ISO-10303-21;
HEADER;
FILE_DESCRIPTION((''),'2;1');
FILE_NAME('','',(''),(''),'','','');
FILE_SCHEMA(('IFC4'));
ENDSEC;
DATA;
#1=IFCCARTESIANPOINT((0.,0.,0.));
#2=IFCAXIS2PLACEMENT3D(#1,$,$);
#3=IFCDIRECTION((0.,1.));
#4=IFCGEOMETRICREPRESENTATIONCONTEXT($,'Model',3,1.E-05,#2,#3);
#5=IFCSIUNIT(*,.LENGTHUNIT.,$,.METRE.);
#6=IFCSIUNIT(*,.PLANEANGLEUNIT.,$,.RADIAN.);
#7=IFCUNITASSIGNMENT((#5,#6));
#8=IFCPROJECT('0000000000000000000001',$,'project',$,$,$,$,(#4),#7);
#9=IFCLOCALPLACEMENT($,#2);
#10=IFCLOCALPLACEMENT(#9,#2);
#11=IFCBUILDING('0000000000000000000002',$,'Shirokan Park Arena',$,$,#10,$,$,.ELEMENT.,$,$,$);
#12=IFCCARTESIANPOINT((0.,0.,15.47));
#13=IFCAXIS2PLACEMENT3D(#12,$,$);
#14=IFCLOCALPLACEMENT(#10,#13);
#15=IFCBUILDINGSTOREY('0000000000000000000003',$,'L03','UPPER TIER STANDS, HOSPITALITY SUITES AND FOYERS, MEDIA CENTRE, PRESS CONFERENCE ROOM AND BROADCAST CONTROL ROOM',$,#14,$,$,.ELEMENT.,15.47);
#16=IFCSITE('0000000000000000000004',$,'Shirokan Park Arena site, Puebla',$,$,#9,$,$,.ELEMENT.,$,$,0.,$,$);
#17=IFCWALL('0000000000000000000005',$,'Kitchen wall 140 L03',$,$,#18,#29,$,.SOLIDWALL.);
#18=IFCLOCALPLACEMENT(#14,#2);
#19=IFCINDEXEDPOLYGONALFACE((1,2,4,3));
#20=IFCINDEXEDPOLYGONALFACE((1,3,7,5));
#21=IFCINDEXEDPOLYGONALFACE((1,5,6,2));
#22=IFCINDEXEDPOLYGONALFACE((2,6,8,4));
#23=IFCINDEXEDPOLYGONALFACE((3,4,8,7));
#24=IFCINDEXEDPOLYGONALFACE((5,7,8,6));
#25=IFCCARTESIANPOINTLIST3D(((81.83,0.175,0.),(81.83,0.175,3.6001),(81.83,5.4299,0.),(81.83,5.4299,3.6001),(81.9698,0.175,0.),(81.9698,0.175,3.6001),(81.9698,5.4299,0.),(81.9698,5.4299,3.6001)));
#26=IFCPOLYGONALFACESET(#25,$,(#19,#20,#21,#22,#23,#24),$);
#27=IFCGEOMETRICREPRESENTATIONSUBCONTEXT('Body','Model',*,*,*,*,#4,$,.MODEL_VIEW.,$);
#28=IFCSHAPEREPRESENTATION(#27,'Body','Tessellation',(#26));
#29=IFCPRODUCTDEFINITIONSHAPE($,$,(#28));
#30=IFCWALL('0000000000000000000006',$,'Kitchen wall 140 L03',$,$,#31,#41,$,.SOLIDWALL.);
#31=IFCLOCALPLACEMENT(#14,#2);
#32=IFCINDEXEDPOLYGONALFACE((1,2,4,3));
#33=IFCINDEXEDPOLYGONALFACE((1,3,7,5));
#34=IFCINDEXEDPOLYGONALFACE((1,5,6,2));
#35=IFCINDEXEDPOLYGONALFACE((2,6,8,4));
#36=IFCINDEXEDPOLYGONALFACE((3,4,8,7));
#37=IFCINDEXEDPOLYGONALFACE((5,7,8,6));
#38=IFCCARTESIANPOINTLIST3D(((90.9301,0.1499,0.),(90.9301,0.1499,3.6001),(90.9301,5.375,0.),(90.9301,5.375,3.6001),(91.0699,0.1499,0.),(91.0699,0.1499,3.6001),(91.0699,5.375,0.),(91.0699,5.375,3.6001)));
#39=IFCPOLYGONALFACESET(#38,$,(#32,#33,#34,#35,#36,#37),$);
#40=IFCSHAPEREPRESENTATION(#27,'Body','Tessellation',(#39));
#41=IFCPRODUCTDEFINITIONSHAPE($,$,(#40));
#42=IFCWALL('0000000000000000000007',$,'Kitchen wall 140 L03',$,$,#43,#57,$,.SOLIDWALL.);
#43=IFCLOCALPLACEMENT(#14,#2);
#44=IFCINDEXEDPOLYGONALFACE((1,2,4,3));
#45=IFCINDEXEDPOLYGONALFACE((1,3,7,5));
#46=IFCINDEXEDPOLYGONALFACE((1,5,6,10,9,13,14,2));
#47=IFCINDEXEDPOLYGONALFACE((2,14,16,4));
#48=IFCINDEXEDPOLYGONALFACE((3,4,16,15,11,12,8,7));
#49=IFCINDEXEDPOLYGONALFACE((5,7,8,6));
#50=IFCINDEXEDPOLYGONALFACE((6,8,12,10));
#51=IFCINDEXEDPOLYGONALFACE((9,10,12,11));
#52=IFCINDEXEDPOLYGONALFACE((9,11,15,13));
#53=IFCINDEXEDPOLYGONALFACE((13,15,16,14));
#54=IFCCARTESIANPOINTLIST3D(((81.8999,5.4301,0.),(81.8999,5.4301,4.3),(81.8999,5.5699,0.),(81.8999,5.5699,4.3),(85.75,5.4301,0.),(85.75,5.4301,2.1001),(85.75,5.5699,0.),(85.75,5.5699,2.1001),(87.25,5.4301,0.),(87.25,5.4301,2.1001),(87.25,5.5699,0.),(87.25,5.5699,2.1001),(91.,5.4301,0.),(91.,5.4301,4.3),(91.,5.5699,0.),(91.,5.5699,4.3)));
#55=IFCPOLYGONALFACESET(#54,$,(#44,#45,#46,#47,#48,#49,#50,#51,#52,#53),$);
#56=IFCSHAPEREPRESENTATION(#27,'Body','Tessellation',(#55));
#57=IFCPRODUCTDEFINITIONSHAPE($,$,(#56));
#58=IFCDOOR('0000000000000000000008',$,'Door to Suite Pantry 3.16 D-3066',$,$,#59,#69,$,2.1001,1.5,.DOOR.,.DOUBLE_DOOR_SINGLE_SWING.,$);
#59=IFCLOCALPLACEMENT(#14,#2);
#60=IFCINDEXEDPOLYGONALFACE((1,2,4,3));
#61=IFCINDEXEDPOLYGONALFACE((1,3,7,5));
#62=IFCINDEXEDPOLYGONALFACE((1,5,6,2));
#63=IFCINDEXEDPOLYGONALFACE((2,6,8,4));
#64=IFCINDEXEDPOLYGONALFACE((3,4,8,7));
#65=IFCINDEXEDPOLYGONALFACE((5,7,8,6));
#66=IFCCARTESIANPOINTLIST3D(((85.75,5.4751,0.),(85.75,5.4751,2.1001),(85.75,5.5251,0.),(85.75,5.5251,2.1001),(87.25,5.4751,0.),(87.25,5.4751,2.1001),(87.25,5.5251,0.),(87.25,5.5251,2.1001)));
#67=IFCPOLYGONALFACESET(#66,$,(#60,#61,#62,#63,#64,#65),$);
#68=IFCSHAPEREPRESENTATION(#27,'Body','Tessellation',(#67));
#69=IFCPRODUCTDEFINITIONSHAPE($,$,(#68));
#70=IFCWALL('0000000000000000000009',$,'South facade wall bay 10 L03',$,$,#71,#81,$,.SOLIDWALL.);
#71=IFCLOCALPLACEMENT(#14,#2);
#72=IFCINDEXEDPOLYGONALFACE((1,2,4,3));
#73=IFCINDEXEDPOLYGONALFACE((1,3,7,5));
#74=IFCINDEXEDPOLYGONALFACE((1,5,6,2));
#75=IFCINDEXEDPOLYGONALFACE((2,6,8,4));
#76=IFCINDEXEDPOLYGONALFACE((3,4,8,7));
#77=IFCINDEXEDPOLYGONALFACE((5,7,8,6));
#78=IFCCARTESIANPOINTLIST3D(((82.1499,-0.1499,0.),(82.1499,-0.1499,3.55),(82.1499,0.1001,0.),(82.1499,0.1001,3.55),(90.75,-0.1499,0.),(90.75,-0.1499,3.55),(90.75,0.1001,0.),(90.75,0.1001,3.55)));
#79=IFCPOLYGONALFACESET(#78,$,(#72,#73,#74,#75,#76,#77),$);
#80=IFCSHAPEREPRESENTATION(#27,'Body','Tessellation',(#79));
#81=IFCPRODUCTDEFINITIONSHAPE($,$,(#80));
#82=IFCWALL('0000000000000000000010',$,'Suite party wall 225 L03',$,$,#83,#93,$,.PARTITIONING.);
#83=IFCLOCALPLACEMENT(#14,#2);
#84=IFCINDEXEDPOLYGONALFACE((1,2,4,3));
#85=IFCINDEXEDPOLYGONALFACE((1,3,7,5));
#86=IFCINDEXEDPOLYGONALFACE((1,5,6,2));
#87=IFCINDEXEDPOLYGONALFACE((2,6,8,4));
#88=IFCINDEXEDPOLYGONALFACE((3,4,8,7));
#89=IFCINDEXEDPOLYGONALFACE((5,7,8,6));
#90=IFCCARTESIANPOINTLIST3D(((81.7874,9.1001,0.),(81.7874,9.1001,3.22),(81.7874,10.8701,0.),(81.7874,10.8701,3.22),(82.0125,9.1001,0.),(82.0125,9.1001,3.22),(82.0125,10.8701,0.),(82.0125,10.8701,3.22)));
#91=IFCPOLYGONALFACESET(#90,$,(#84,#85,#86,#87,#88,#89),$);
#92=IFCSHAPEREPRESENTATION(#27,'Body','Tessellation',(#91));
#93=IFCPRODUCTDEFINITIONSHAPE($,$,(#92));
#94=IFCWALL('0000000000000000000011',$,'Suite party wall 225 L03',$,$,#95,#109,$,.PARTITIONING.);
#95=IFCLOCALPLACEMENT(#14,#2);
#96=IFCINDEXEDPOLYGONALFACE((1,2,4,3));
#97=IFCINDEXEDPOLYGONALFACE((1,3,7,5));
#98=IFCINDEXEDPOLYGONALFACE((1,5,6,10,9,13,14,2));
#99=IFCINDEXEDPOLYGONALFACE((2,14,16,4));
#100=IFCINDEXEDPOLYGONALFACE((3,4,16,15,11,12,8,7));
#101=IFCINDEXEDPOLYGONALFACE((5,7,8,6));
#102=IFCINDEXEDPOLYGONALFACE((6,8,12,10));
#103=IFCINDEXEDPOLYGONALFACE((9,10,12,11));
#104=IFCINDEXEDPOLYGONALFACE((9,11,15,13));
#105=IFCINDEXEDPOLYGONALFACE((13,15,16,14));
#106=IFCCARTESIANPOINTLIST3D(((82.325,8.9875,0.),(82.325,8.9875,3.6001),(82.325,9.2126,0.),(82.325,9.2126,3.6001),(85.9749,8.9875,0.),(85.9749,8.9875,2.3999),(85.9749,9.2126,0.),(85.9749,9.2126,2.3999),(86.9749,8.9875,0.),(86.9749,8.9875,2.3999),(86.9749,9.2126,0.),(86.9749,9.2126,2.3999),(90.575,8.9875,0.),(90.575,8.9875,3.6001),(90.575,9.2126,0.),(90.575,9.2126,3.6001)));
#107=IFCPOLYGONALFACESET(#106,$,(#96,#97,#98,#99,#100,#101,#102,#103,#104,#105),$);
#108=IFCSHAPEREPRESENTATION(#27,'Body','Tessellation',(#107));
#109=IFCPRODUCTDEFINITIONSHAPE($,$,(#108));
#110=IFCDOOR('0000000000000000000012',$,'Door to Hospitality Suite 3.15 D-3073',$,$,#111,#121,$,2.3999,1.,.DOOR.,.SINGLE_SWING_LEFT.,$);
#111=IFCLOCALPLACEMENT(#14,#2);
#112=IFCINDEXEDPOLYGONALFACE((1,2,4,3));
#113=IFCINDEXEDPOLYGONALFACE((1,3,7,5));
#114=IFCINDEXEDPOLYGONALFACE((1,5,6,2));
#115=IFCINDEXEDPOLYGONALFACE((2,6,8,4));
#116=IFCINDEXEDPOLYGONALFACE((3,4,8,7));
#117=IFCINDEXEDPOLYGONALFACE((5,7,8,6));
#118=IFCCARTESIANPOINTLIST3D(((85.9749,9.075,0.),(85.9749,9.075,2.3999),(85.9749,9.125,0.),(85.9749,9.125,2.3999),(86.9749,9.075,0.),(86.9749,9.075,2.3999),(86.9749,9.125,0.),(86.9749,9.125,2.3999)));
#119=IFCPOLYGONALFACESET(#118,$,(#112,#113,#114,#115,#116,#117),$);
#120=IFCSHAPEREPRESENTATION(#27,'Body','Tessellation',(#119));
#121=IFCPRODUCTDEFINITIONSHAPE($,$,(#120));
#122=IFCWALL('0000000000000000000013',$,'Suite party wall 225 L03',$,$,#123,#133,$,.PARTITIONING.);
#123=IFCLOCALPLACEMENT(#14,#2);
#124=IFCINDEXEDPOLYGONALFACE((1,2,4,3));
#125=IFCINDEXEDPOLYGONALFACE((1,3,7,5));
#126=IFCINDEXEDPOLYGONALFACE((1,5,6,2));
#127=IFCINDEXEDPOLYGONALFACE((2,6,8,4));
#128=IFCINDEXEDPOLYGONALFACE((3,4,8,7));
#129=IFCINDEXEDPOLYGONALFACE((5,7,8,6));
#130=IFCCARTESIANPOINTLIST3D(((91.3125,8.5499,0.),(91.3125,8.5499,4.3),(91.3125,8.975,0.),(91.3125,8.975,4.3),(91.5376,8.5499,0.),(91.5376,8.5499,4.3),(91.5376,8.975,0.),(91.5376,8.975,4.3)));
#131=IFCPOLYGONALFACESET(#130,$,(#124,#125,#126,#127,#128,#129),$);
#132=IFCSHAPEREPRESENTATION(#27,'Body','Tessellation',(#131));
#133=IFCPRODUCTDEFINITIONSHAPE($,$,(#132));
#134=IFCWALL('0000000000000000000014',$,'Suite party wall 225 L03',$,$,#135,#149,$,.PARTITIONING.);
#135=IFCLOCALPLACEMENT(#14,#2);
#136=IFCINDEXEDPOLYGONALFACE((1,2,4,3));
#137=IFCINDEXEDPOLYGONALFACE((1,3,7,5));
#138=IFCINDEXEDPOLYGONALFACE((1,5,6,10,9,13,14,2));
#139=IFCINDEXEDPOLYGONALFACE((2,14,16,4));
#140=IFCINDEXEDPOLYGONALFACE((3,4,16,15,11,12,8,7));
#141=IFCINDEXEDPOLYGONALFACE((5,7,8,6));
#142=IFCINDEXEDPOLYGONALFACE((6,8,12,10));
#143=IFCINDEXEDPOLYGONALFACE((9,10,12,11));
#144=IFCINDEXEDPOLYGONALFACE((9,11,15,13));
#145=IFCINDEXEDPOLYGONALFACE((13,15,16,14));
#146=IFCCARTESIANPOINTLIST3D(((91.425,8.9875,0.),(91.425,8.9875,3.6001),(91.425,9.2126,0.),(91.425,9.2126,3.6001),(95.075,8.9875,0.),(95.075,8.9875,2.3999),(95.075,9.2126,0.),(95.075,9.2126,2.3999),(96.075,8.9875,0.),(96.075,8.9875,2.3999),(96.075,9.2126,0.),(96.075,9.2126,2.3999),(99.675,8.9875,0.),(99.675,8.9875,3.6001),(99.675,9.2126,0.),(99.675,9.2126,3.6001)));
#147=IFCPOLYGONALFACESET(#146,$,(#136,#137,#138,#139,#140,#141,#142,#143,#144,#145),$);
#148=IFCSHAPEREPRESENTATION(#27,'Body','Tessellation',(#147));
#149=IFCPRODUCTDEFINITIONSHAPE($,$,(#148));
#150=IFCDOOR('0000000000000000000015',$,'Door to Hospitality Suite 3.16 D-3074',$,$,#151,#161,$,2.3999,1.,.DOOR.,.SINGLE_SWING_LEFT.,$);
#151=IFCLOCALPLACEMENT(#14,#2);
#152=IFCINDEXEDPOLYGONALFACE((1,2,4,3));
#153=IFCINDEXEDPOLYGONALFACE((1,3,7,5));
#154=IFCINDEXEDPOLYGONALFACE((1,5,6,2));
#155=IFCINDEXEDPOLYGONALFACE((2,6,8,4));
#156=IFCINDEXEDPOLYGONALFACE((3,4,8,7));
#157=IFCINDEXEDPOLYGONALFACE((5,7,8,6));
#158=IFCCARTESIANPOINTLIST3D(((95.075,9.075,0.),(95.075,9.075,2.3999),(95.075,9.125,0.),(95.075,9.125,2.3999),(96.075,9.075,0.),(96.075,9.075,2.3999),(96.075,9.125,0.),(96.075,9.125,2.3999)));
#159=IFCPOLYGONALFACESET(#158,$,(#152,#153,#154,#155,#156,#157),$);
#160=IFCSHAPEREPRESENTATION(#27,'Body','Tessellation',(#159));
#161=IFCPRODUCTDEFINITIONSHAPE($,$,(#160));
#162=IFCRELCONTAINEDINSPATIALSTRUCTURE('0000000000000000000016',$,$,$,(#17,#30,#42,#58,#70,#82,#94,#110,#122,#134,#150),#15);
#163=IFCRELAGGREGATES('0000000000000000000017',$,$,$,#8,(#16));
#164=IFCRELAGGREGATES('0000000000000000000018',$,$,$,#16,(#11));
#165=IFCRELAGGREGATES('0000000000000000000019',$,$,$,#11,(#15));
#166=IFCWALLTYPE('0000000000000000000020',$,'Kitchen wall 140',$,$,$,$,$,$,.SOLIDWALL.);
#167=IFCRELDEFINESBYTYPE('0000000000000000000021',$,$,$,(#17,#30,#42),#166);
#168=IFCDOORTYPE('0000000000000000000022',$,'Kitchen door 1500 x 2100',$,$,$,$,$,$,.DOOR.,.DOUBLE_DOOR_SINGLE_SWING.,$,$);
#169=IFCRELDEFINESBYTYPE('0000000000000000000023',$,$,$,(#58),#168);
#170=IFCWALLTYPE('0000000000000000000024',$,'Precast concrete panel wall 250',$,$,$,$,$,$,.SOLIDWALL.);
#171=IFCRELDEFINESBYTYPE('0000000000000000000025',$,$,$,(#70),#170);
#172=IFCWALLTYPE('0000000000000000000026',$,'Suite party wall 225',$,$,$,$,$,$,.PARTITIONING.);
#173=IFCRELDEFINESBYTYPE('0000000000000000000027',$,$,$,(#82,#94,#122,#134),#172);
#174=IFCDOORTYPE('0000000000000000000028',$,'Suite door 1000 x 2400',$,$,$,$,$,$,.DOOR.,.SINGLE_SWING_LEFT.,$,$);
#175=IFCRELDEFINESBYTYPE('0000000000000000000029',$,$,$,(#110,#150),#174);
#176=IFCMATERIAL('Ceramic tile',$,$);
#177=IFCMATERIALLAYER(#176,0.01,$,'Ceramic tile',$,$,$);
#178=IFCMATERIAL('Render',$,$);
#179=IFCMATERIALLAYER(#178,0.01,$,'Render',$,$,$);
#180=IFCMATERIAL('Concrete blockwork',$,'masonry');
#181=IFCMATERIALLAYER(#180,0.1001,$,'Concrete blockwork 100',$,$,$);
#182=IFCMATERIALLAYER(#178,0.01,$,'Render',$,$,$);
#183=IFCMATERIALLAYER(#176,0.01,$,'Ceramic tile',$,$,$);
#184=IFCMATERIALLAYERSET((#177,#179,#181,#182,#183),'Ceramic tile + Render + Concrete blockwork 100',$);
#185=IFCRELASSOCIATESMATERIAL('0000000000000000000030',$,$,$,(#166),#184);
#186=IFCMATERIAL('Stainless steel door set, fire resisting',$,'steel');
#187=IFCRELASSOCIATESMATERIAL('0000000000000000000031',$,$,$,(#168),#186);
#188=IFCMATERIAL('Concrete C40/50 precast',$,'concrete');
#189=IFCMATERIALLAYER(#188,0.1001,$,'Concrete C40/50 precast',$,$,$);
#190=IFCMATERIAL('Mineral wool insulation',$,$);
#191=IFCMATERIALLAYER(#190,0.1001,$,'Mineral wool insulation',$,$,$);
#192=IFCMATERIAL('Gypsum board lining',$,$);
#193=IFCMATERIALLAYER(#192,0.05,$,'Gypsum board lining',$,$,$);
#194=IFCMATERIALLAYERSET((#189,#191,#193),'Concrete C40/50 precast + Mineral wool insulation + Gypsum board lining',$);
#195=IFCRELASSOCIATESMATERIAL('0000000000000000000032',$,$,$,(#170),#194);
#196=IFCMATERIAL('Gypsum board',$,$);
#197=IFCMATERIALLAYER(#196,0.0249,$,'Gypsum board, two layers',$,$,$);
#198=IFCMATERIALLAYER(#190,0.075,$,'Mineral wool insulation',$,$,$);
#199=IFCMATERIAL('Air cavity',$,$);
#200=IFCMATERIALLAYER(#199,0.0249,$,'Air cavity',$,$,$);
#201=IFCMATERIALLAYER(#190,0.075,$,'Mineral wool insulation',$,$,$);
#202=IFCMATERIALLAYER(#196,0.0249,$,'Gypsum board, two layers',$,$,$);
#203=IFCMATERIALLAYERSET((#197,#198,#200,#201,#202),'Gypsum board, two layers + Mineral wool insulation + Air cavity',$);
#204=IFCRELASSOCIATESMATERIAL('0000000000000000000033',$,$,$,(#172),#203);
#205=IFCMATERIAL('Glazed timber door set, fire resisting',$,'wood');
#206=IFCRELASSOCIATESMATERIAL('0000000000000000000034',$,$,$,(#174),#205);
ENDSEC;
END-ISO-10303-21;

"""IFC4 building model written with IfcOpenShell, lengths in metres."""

from ifc_helpers import new_model, si_unit, direction, frame, frame_2d, origin, place, context, subcontext, project, spatial, rectangle, extrude, material, layer, layer_set, type_object, element, fill, save


model = new_model("IFC4")

# Units and contexts
model_context = context("Model", 3, precision=1e-05, world=origin(), true_north=direction((0.0, 1.0)))
body_context = subcontext(model_context, "Body", "Model", "MODEL_VIEW")
ifc_project = project(units=[si_unit("LENGTHUNIT", "METRE"), si_unit("PLANEANGLEUNIT", "RADIAN")], contexts=[model_context])

# Site, building, storey
site_placement = place(None, origin())
site = spatial("IfcSite", under=ifc_project, at=site_placement, Name="Shirokan Park Arena site, Puebla", CompositionType="ELEMENT", RefElevation=0.0)
building_placement = place(site_placement, origin())
building = spatial("IfcBuilding", under=site, at=building_placement, Name="Shirokan Park Arena", CompositionType="ELEMENT")
storey_placement = place(building_placement, frame((0.0, 0.0, 15.47)))
storey = spatial("IfcBuildingStorey", under=building, at=storey_placement, Name="L03", Description="UPPER TIER STANDS, HOSPITALITY SUITES AND FOYERS, MEDIA CENTRE, PRESS CONFERENCE ROOM AND BROADCAST CONTROL ROOM", CompositionType="ELEMENT", Elevation=15.47)

# Shared definitions
ifc_material_1 = material(Name="Mineral wool insulation")

# Walls
ifc_material_2 = material(Name="Ceramic tile")
ifc_layer_1 = layer(ifc_material_2, 0.01, Name="Ceramic tile")
ifc_material_3 = material(Name="Render")
ifc_layer_2 = layer(ifc_material_3, 0.01, Name="Render")
ifc_material_4 = material(Name="Concrete blockwork", Category="masonry")
ifc_layer_3 = layer(ifc_material_4, 0.1001, Name="Concrete blockwork 100")
ifc_layer_4 = layer(ifc_material_3, 0.01, Name="Render")
ifc_layer_5 = layer(ifc_material_2, 0.01, Name="Ceramic tile")
ifc_layer_set_1 = layer_set([ifc_layer_1, ifc_layer_2, ifc_layer_3, ifc_layer_4, ifc_layer_5], Name="Ceramic tile + Render + Concrete blockwork 100")
wall_type_1 = type_object("IfcWallType", Name="Kitchen wall 140", PredefinedType="SOLIDWALL", material=ifc_layer_set_1)
wall_1_placement = place(storey_placement, frame((81.8999, 5.4299, 0.0), z_axis=(0.0, 0.0, 1.0), x_axis=(0.0, -1.0, 0.0)))
element("IfcWall", 1, at=wall_1_placement, inside=storey, type_object=wall_type_1, Name="Kitchen wall 140 L03", PredefinedType="SOLIDWALL", context=body_context, shape_type="SweptSolid", body=[
    extrude(rectangle(XDim=5.2549, YDim=0.1399, at=frame_2d((2.6274, 0.0))), origin(), (0.0, 0.0, 1.0), 3.6001),
])
wall_2_placement = place(storey_placement, frame((91.0, 5.375, 0.0), z_axis=(0.0, 0.0, 1.0), x_axis=(0.0, -1.0, 0.0)))
element("IfcWall", 2, at=wall_2_placement, inside=storey, type_object=wall_type_1, Name="Kitchen wall 140 L03", PredefinedType="SOLIDWALL", context=body_context, shape_type="SweptSolid", body=[
    extrude(rectangle(XDim=5.2251, YDim=0.1399, at=frame_2d((2.6125, 0.0))), origin(), (0.0, 0.0, 1.0), 3.6001),
])

# Wall, opening, door
wall_3_placement = place(storey_placement, frame((91.0, 5.5, 0.0), z_axis=(0.0, 0.0, 1.0), x_axis=(-1.0, 0.0, 0.0)))
wall_3 = element("IfcWall", 3, at=wall_3_placement, inside=storey, type_object=wall_type_1, Name="Kitchen wall 140 L03", PredefinedType="SOLIDWALL", context=body_context, shape_type="SweptSolid", body=[
    extrude(rectangle(XDim=9.1001, YDim=0.1399, at=frame_2d((4.55, 0.0))), origin(), (0.0, 0.0, 1.0), 4.3),
])
opening_1_placement = place(wall_3_placement, frame((3.75, 0.0, 0.0)))
opening_1 = element("IfcOpeningElement", 4, at=opening_1_placement, cuts=wall_3, PredefinedType="OPENING", context=body_context, shape_type="SweptSolid", body=[
    extrude(rectangle(XDim=1.5, YDim=2.1001, at=frame_2d((0.75, 1.05))), frame((0.0, 0.0798, 0.0), z_axis=(0.0, -1.0, 0.0), x_axis=(1.0, 0.0, 0.0)), (0.0, 0.0, 1.0), 0.1599),
])
ifc_material_5 = material(Name="Stainless steel door set, fire resisting", Category="steel")
door_type_1 = type_object("IfcDoorType", Name="Kitchen door 1500 x 2100", OperationType="DOUBLE_DOOR_SINGLE_SWING", PredefinedType="DOOR", material=ifc_material_5)
door_1_placement = place(opening_1_placement, origin())
door_1 = element("IfcDoor", 5, at=door_1_placement, inside=storey, type_object=door_type_1, Name="Door to Suite Pantry 3.16 D-3066", OperationType="DOUBLE_DOOR_SINGLE_SWING", OverallHeight=2.1001, OverallWidth=1.5, PredefinedType="DOOR", context=body_context, shape_type="SweptSolid", body=[
    extrude(rectangle(XDim=1.5, YDim=2.1001, at=frame_2d((0.75, 1.05))), frame((0.0, 0.0249, 0.0), z_axis=(0.0, -1.0, 0.0), x_axis=(1.0, 0.0, 0.0)), (0.0, 0.0, 1.0), 0.05),
])
fill(opening_1, door_1)

# Walls
ifc_material_6 = material(Name="Concrete C40/50 precast", Category="concrete")
ifc_layer_6 = layer(ifc_material_6, 0.1001, Name="Concrete C40/50 precast")
ifc_layer_7 = layer(ifc_material_1, 0.1001, Name="Mineral wool insulation")
ifc_material_7 = material(Name="Gypsum board lining")
ifc_layer_8 = layer(ifc_material_7, 0.05, Name="Gypsum board lining")
ifc_layer_set_2 = layer_set([ifc_layer_6, ifc_layer_7, ifc_layer_8], Name="Concrete C40/50 precast + Mineral wool insulation + Gypsum board lining")
wall_type_2 = type_object("IfcWallType", Name="Precast concrete panel wall 250", PredefinedType="SOLIDWALL", material=ifc_layer_set_2)
wall_4_placement = place(storey_placement, frame((82.1499, -0.0249, 0.0), z_axis=(0.0, 0.0, 1.0), x_axis=(1.0, 0.0, 0.0)))
element("IfcWall", 6, at=wall_4_placement, inside=storey, type_object=wall_type_2, Name="South facade wall bay 10 L03", PredefinedType="SOLIDWALL", context=body_context, shape_type="SweptSolid", body=[
    extrude(rectangle(XDim=8.6001, YDim=0.25, at=frame_2d((4.3, 0.0))), origin(), (0.0, 0.0, 1.0), 3.55),
])
ifc_material_8 = material(Name="Gypsum board")
ifc_layer_9 = layer(ifc_material_8, 0.0249, Name="Gypsum board, two layers")
ifc_layer_10 = layer(ifc_material_1, 0.075, Name="Mineral wool insulation")
ifc_material_9 = material(Name="Air cavity")
ifc_layer_11 = layer(ifc_material_9, 0.0249, Name="Air cavity")
ifc_layer_12 = layer(ifc_material_1, 0.075, Name="Mineral wool insulation")
ifc_layer_13 = layer(ifc_material_8, 0.0249, Name="Gypsum board, two layers")
ifc_layer_set_3 = layer_set([ifc_layer_9, ifc_layer_10, ifc_layer_11, ifc_layer_12, ifc_layer_13], Name="Gypsum board, two layers + Mineral wool insulation + Air cavity")
wall_type_3 = type_object("IfcWallType", Name="Suite party wall 225", PredefinedType="PARTITIONING", material=ifc_layer_set_3)
wall_5_placement = place(storey_placement, frame((81.8999, 10.8701, 0.0), z_axis=(0.0, 0.0, 1.0), x_axis=(0.0, -1.0, 0.0)))
element("IfcWall", 7, at=wall_5_placement, inside=storey, type_object=wall_type_3, Name="Suite party wall 225 L03", PredefinedType="PARTITIONING", context=body_context, shape_type="SweptSolid", body=[
    extrude(rectangle(XDim=1.77, YDim=0.2251, at=frame_2d((0.885, 0.0))), origin(), (0.0, 0.0, 1.0), 3.22),
])

# Wall, opening, door
wall_6_placement = place(storey_placement, frame((82.325, 9.1001, 0.0), z_axis=(0.0, 0.0, 1.0), x_axis=(1.0, 0.0, 0.0)))
wall_6 = element("IfcWall", 8, at=wall_6_placement, inside=storey, type_object=wall_type_3, Name="Suite party wall 225 L03", PredefinedType="PARTITIONING", context=body_context, shape_type="SweptSolid", body=[
    extrude(rectangle(XDim=8.25, YDim=0.2251, at=frame_2d((4.125, 0.0))), origin(), (0.0, 0.0, 1.0), 3.6001),
])
opening_2_placement = place(wall_6_placement, frame((3.6499, 0.0, 0.0)))
opening_2 = element("IfcOpeningElement", 9, at=opening_2_placement, cuts=wall_6, PredefinedType="OPENING", context=body_context, shape_type="SweptSolid", body=[
    extrude(rectangle(XDim=1.0, YDim=2.3999, at=frame_2d((0.5, 1.2))), frame((0.0, 0.1226, 0.0), z_axis=(0.0, -1.0, 0.0), x_axis=(1.0, 0.0, 0.0)), (0.0, 0.0, 1.0), 0.2451),
])
ifc_material_10 = material(Name="Glazed timber door set, fire resisting", Category="wood")
door_type_2 = type_object("IfcDoorType", Name="Suite door 1000 x 2400", OperationType="SINGLE_SWING_LEFT", PredefinedType="DOOR", material=ifc_material_10)
door_2_placement = place(opening_2_placement, origin())
door_2 = element("IfcDoor", 10, at=door_2_placement, inside=storey, type_object=door_type_2, Name="Door to Hospitality Suite 3.15 D-3073", OperationType="SINGLE_SWING_LEFT", OverallHeight=2.3999, OverallWidth=1.0, PredefinedType="DOOR", context=body_context, shape_type="SweptSolid", body=[
    extrude(rectangle(XDim=1.0, YDim=2.3999, at=frame_2d((0.5, 1.2))), frame((0.0, 0.0249, 0.0), z_axis=(0.0, -1.0, 0.0), x_axis=(1.0, 0.0, 0.0)), (0.0, 0.0, 1.0), 0.05),
])
fill(opening_2, door_2)

# Wall
wall_7_placement = place(storey_placement, frame((91.425, 8.55, 0.0), z_axis=(0.0, 0.0, 1.0), x_axis=(0.0, 1.0, 0.0)))
element("IfcWall", 11, at=wall_7_placement, inside=storey, type_object=wall_type_3, Name="Suite party wall 225 L03", PredefinedType="PARTITIONING", context=body_context, shape_type="SweptSolid", body=[
    extrude(rectangle(XDim=0.425, YDim=0.2251, at=frame_2d((0.2124, 0.0))), origin(), (0.0, 0.0, 1.0), 4.3),
])

# Wall, opening, door
wall_8_placement = place(storey_placement, frame((91.425, 9.1001, 0.0), z_axis=(0.0, 0.0, 1.0), x_axis=(1.0, 0.0, 0.0)))
wall_8 = element("IfcWall", 12, at=wall_8_placement, inside=storey, type_object=wall_type_3, Name="Suite party wall 225 L03", PredefinedType="PARTITIONING", context=body_context, shape_type="SweptSolid", body=[
    extrude(rectangle(XDim=8.25, YDim=0.2251, at=frame_2d((4.125, 0.0))), origin(), (0.0, 0.0, 1.0), 3.6001),
])
opening_3_placement = place(wall_8_placement, frame((3.6499, 0.0, 0.0)))
opening_3 = element("IfcOpeningElement", 13, at=opening_3_placement, cuts=wall_8, PredefinedType="OPENING", context=body_context, shape_type="SweptSolid", body=[
    extrude(rectangle(XDim=1.0, YDim=2.3999, at=frame_2d((0.5, 1.2))), frame((0.0, 0.1226, 0.0), z_axis=(0.0, -1.0, 0.0), x_axis=(1.0, 0.0, 0.0)), (0.0, 0.0, 1.0), 0.2451),
])
door_3_placement = place(opening_3_placement, origin())
door_3 = element("IfcDoor", 14, at=door_3_placement, inside=storey, type_object=door_type_2, Name="Door to Hospitality Suite 3.16 D-3074", OperationType="SINGLE_SWING_LEFT", OverallHeight=2.3999, OverallWidth=1.0, PredefinedType="DOOR", context=body_context, shape_type="SweptSolid", body=[
    extrude(rectangle(XDim=1.0, YDim=2.3999, at=frame_2d((0.5, 1.2))), frame((0.0, 0.0249, 0.0), z_axis=(0.0, -1.0, 0.0), x_axis=(1.0, 0.0, 0.0)), (0.0, 0.0, 1.0), 0.05),
])
fill(opening_3, door_3)

save(model, "model.ifc")
